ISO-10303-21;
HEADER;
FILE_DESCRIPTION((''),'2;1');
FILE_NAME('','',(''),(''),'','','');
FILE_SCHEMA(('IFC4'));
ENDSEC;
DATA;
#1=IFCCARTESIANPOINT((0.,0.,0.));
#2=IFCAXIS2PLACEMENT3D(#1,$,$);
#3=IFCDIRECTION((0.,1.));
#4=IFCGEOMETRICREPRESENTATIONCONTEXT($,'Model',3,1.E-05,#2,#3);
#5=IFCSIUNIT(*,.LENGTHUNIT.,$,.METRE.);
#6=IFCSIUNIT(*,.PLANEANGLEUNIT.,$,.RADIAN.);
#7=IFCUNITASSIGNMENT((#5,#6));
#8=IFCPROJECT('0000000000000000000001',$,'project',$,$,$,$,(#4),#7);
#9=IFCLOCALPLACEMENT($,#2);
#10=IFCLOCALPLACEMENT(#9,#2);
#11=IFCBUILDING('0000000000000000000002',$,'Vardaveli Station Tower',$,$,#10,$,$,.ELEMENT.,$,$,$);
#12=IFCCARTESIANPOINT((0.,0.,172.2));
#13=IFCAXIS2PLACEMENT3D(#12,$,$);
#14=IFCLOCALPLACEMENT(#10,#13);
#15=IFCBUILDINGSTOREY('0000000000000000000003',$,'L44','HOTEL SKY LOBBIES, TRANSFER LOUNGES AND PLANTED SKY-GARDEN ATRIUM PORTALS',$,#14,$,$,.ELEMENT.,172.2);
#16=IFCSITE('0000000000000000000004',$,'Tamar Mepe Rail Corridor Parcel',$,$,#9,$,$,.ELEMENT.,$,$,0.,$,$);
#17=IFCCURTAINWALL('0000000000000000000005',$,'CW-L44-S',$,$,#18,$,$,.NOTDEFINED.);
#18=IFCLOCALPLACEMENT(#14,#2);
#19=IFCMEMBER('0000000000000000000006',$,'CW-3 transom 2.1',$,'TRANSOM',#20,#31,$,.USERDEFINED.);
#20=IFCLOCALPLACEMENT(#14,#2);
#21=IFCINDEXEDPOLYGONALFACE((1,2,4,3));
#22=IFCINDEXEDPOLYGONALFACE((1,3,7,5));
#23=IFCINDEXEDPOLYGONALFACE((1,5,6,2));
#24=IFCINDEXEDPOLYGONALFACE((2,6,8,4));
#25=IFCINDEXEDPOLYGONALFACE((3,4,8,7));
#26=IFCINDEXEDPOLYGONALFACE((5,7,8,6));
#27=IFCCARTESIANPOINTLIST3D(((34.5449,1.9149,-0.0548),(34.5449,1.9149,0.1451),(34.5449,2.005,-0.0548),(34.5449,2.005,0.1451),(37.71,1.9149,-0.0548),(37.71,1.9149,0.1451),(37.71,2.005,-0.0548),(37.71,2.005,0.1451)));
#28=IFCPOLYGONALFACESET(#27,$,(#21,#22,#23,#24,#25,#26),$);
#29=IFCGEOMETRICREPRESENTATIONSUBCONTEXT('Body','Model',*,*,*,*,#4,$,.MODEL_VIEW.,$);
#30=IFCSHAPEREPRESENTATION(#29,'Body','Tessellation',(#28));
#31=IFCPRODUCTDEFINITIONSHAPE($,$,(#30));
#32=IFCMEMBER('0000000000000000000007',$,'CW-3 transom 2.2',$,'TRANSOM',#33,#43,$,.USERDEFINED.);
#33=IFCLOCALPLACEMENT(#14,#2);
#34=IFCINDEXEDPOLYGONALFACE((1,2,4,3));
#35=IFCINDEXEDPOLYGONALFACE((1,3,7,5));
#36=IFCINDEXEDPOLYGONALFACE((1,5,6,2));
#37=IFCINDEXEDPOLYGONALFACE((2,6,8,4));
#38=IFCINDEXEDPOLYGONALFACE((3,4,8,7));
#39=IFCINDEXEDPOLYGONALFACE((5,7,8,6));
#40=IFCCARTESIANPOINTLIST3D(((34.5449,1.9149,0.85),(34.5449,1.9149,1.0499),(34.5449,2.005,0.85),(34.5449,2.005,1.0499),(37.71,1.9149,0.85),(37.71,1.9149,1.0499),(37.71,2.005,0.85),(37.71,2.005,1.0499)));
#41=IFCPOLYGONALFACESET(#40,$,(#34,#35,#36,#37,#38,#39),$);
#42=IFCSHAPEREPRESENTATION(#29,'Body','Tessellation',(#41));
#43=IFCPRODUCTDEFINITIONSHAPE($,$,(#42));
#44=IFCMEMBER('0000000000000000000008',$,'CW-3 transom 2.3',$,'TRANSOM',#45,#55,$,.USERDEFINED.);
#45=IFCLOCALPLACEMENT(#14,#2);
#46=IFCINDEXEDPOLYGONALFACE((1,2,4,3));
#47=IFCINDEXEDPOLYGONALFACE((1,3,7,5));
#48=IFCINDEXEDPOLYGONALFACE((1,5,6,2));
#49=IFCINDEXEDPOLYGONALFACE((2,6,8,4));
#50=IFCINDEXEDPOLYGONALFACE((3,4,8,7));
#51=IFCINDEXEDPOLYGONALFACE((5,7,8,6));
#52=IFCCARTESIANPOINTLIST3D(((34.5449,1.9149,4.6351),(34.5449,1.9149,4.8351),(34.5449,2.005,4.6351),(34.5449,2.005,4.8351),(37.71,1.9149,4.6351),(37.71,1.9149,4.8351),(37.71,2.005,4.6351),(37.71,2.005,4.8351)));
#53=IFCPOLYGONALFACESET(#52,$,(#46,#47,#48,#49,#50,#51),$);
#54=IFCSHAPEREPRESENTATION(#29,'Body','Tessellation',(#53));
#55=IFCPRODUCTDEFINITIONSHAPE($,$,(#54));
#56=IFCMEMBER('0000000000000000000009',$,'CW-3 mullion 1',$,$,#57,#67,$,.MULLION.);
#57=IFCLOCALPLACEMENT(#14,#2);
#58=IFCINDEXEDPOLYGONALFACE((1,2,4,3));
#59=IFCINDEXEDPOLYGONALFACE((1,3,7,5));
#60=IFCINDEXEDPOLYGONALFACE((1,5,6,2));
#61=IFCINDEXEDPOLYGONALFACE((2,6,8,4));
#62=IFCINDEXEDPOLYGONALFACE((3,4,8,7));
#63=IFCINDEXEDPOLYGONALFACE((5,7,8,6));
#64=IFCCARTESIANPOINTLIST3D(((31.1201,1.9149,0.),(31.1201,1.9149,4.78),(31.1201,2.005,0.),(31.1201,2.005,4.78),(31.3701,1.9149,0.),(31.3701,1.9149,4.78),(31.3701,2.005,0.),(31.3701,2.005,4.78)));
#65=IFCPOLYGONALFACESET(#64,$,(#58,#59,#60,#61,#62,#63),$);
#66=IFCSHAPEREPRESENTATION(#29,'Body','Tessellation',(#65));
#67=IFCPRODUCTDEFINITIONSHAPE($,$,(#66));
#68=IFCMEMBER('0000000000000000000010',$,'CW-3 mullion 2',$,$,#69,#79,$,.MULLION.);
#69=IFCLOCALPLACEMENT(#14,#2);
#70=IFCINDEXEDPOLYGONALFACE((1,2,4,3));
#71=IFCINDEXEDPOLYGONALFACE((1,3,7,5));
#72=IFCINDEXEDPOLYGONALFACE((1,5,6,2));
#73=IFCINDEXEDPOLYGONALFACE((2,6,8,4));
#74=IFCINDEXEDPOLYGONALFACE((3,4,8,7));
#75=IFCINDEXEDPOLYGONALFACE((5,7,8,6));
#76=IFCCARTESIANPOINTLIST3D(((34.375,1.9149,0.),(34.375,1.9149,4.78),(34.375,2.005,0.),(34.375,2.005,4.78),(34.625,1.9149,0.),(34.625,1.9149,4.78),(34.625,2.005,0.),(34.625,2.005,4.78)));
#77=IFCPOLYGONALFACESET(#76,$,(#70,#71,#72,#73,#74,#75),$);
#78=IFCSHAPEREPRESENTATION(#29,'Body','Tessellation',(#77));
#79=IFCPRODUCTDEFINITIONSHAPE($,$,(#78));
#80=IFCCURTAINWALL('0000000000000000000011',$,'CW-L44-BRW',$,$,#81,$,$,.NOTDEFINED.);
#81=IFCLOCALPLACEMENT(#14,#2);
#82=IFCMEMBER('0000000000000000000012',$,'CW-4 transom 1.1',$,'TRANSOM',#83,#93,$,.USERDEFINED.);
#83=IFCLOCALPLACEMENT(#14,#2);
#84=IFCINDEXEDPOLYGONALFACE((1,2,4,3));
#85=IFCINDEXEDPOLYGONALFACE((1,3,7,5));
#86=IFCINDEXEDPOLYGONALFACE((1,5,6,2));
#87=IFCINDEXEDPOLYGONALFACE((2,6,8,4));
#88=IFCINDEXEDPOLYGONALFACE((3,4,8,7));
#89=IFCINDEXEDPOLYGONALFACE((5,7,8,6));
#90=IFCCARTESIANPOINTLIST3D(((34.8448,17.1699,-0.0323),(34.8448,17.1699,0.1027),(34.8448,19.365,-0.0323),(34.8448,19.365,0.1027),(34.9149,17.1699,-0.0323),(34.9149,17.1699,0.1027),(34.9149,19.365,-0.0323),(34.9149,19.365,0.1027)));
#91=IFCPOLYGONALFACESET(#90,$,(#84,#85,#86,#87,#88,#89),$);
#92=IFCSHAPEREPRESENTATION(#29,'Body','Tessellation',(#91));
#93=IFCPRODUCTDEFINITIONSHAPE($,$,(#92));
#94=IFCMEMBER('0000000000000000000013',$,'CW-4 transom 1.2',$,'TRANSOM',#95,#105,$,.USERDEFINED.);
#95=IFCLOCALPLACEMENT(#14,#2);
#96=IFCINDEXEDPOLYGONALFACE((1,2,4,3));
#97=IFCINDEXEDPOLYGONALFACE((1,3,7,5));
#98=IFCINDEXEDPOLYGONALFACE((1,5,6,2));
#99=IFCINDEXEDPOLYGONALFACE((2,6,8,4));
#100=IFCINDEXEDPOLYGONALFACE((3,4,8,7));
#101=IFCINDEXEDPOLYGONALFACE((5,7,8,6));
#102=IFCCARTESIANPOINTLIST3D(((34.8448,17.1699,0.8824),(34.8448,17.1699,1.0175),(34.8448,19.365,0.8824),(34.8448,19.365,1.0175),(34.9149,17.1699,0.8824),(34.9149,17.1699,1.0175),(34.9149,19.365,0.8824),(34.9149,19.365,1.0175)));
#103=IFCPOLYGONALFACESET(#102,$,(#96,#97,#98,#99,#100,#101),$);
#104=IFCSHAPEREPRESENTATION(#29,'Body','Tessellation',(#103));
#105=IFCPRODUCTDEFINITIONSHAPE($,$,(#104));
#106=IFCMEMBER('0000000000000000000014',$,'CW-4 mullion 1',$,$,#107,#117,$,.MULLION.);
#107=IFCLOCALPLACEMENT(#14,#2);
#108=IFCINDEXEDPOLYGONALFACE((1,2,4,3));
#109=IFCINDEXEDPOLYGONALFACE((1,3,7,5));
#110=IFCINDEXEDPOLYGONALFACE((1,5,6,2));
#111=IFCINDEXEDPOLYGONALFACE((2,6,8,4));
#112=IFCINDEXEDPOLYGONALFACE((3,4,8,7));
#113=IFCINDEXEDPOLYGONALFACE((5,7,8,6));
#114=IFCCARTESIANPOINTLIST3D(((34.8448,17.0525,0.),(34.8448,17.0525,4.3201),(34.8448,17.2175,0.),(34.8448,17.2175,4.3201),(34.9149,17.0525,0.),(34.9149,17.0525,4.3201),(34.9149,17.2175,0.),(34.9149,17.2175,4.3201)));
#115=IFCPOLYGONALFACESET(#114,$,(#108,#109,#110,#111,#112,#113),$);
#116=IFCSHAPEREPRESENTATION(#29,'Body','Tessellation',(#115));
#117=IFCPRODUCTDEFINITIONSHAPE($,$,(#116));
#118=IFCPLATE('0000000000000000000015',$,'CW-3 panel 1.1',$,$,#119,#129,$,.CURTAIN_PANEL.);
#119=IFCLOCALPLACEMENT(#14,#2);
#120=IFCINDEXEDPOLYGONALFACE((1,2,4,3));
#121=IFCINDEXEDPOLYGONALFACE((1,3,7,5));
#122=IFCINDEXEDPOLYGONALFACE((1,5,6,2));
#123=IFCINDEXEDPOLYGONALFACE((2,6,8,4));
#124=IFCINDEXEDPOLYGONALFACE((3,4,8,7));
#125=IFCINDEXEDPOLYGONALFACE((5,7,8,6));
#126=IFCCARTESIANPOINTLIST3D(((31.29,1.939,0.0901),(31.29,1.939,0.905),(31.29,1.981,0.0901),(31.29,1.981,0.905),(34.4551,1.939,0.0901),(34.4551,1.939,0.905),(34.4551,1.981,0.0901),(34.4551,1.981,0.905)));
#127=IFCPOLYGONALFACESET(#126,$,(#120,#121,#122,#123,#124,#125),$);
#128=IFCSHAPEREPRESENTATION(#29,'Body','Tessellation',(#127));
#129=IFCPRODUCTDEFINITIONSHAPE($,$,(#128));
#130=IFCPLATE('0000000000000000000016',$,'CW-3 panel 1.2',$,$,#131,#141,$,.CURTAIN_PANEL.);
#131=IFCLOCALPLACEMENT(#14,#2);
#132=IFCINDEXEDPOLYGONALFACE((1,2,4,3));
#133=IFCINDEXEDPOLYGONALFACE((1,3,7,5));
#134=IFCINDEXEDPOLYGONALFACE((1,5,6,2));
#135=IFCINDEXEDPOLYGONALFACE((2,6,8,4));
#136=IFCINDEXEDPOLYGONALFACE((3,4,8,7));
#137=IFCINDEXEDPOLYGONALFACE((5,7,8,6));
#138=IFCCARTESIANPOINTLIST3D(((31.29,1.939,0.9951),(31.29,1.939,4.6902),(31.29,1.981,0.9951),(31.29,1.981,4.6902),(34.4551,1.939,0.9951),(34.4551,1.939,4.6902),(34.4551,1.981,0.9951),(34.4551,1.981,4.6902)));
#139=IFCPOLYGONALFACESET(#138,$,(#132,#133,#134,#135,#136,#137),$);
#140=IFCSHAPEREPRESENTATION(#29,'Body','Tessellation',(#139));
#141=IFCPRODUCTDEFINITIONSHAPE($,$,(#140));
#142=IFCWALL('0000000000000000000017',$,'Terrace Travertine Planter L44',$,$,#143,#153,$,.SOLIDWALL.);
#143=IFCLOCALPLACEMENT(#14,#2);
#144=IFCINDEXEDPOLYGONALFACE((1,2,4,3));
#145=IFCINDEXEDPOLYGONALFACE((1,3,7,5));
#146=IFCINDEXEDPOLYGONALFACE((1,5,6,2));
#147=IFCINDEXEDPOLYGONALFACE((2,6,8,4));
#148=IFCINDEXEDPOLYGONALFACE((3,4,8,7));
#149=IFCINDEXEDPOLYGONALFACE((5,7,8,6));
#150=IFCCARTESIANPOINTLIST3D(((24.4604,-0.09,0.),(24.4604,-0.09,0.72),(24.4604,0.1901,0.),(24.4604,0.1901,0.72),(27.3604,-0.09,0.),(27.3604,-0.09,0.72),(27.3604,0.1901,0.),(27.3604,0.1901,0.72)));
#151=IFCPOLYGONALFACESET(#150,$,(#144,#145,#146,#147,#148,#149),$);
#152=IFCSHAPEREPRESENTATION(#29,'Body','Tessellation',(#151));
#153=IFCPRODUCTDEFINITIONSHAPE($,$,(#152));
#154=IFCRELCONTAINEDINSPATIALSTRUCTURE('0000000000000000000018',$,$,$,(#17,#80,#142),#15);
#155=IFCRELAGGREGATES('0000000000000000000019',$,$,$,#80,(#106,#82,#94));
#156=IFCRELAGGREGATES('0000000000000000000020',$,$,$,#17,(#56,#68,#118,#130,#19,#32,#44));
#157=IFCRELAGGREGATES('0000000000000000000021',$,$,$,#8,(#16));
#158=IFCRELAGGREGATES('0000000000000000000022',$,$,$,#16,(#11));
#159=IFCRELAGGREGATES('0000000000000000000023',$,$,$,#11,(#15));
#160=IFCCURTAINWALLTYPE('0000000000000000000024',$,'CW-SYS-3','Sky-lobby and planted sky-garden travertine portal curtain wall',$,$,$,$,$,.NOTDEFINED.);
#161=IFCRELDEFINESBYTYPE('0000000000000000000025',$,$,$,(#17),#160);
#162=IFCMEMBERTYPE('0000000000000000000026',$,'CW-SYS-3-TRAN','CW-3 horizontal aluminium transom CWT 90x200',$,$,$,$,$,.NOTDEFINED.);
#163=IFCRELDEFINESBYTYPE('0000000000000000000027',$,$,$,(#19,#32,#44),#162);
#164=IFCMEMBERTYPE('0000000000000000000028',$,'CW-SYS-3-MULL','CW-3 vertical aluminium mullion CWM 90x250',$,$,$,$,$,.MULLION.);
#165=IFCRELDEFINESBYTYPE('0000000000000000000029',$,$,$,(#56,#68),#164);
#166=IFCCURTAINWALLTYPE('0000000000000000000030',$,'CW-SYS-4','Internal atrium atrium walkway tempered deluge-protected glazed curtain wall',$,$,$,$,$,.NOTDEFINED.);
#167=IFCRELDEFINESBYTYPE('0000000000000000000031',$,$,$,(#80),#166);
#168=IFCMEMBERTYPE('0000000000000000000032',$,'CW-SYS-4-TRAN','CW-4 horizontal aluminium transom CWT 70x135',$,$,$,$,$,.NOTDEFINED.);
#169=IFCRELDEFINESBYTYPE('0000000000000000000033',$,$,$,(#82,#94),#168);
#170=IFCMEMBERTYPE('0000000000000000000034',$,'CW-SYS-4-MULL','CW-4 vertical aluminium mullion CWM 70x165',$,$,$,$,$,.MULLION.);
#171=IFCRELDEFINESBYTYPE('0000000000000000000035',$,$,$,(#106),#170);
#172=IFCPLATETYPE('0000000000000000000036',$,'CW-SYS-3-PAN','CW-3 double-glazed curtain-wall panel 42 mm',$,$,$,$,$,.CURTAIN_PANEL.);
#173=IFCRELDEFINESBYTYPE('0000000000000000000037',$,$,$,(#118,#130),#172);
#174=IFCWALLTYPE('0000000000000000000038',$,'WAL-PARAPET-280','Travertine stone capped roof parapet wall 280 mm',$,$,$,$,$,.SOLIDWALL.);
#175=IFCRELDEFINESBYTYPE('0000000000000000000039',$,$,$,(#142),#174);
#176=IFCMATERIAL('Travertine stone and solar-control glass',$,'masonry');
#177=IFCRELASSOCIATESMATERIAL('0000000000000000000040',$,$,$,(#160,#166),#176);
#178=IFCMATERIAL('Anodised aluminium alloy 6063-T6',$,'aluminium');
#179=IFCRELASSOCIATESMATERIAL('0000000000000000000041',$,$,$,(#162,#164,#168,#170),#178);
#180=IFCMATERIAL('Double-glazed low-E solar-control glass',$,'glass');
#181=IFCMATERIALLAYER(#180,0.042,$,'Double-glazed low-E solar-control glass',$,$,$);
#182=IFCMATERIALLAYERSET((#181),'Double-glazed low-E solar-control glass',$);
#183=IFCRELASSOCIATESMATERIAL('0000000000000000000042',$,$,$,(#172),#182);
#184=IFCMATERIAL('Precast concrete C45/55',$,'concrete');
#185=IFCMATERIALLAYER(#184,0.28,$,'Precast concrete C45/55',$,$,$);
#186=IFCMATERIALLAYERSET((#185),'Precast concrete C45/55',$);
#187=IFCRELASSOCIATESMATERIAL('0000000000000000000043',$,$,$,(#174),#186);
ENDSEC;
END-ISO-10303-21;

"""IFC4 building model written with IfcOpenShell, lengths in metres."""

from ifc_helpers import new_model, si_unit, direction, frame, frame_2d, origin, origin_2d, place, context, subcontext, project, spatial, rectangle, extrude, source, transform, mapped, material, layer, layer_set, material_profile, profile_set, type_object, element, aggregate, save


model = new_model("IFC4")

# Units and contexts
model_context = context("Model", 3, precision=1e-05, world=origin(), true_north=direction((0.0, 1.0)))
body_context = subcontext(model_context, "Body", "Model", "MODEL_VIEW")
ifc_project = project(units=[si_unit("LENGTHUNIT", "METRE"), si_unit("PLANEANGLEUNIT", "RADIAN")], contexts=[model_context])

# Site, building, storey
site_placement = place(None, origin())
site = spatial("IfcSite", under=ifc_project, at=site_placement, Name="Tamar Mepe Rail Corridor Parcel", CompositionType="ELEMENT", RefElevation=0.0)
building_placement = place(site_placement, origin())
building = spatial("IfcBuilding", under=site, at=building_placement, Name="Vardaveli Station Tower", CompositionType="ELEMENT")
storey_placement = place(building_placement, frame((0.0, 0.0, 172.2)))
storey = spatial("IfcBuildingStorey", under=building, at=storey_placement, Name="L44", Description="HOTEL SKY LOBBIES, TRANSFER LOUNGES AND PLANTED SKY-GARDEN ATRIUM PORTALS", CompositionType="ELEMENT", Elevation=172.2)

# Curtain walls, members
ifc_material_1 = material(Name="Travertine stone and solar-control glass", Category="masonry")
curtain_wall_type_1 = type_object("IfcCurtainWallType", Name="CW-SYS-3", Description="Sky-lobby and planted sky-garden travertine portal curtain wall", PredefinedType="NOTDEFINED", material=ifc_material_1)
curtain_wall_1_placement = place(storey_placement, origin())
curtain_wall_1 = element("IfcCurtainWall", 1, at=curtain_wall_1_placement, inside=storey, type_object=curtain_wall_type_1, Name="CW-L44-S", PredefinedType="NOTDEFINED")
ifc_material_2 = material(Name="Anodised aluminium alloy 6063-T6", Category="aluminium")
ifc_material_profile_1 = material_profile(ifc_material_2, rectangle(XDim=0.0901, YDim=0.2, at=origin_2d()), Name="CWT 90x200")
ifc_profile_set_1 = profile_set([ifc_material_profile_1], Name="Anodised aluminium alloy 6063-T6")
member_type_1 = type_object("IfcMemberType", Name="CW-SYS-3-TRAN", Description="CW-3 horizontal aluminium transom CWT 90x200", PredefinedType="NOTDEFINED", material=ifc_profile_set_1)
shared_shape_1 = source(origin(), body_context, "Body", "SweptSolid", [
    extrude(rectangle(XDim=0.0901, YDim=0.2, at=origin_2d()), origin(), (0.0, 0.0, 1.0), 3.165),
])
member_1_placement = place(storey_placement, frame((34.5449, 1.96, 0.0452), z_axis=(1.0, 0.0, 0.0), x_axis=(0.0, 1.0, 0.0)))
member_1 = element("IfcMember", 2, at=member_1_placement, type_object=member_type_1, Name="CW-3 transom 2.1", ObjectType="TRANSOM", PredefinedType="USERDEFINED", context=body_context, shape_type="MappedRepresentation", body=[
    mapped(shared_shape_1, transform((0.0, 0.0, 0.0), scale=1.0)),
])
member_2_placement = place(storey_placement, frame((34.5449, 1.96, 0.95), z_axis=(1.0, 0.0, 0.0), x_axis=(0.0, 1.0, 0.0)))
member_2 = element("IfcMember", 3, at=member_2_placement, type_object=member_type_1, Name="CW-3 transom 2.2", ObjectType="TRANSOM", PredefinedType="USERDEFINED", context=body_context, shape_type="MappedRepresentation", body=[
    mapped(shared_shape_1, transform((0.0, 0.0, 0.0), scale=1.0)),
])
member_3_placement = place(storey_placement, frame((34.5449, 1.96, 4.7351), z_axis=(1.0, 0.0, 0.0), x_axis=(0.0, 1.0, 0.0)))
member_3 = element("IfcMember", 4, at=member_3_placement, type_object=member_type_1, Name="CW-3 transom 2.3", ObjectType="TRANSOM", PredefinedType="USERDEFINED", context=body_context, shape_type="MappedRepresentation", body=[
    mapped(shared_shape_1, transform((0.0, 0.0, 0.0), scale=1.0)),
])
ifc_material_profile_2 = material_profile(ifc_material_2, rectangle(XDim=0.0901, YDim=0.25, at=origin_2d()), Name="CWM 90x250")
ifc_profile_set_2 = profile_set([ifc_material_profile_2], Name="Anodised aluminium alloy 6063-T6")
member_type_2 = type_object("IfcMemberType", Name="CW-SYS-3-MULL", Description="CW-3 vertical aluminium mullion CWM 90x250", PredefinedType="MULLION", material=ifc_profile_set_2)
shared_shape_2 = source(origin(), body_context, "Body", "SweptSolid", [
    extrude(rectangle(XDim=0.0901, YDim=0.25, at=origin_2d()), origin(), (0.0, 0.0, 1.0), 4.78),
])
member_4_placement = place(storey_placement, frame((31.2451, 1.96, 0.0), z_axis=(0.0, 0.0, 1.0), x_axis=(0.0, 1.0, 0.0)))
member_4 = element("IfcMember", 5, at=member_4_placement, type_object=member_type_2, Name="CW-3 mullion 1", PredefinedType="MULLION", context=body_context, shape_type="MappedRepresentation", body=[
    mapped(shared_shape_2, transform((0.0, 0.0, 0.0), scale=1.0)),
])
member_5_placement = place(storey_placement, frame((34.5, 1.96, 0.0), z_axis=(0.0, 0.0, 1.0), x_axis=(0.0, 1.0, 0.0)))
member_5 = element("IfcMember", 6, at=member_5_placement, type_object=member_type_2, Name="CW-3 mullion 2", PredefinedType="MULLION", context=body_context, shape_type="MappedRepresentation", body=[
    mapped(shared_shape_2, transform((0.0, 0.0, 0.0), scale=1.0)),
])
curtain_wall_type_2 = type_object("IfcCurtainWallType", Name="CW-SYS-4", Description="Internal atrium atrium walkway tempered deluge-protected glazed curtain wall", PredefinedType="NOTDEFINED", material=ifc_material_1)
curtain_wall_2_placement = place(storey_placement, origin())
curtain_wall_2 = element("IfcCurtainWall", 7, at=curtain_wall_2_placement, inside=storey, type_object=curtain_wall_type_2, Name="CW-L44-BRW", PredefinedType="NOTDEFINED")
ifc_material_profile_3 = material_profile(ifc_material_2, rectangle(XDim=0.0701, YDim=0.135, at=origin_2d()), Name="CWT 70x135")
ifc_profile_set_3 = profile_set([ifc_material_profile_3], Name="Anodised aluminium alloy 6063-T6")
member_type_3 = type_object("IfcMemberType", Name="CW-SYS-4-TRAN", Description="CW-4 horizontal aluminium transom CWT 70x135", PredefinedType="NOTDEFINED", material=ifc_profile_set_3)
shared_shape_3 = source(origin(), body_context, "Body", "SweptSolid", [
    extrude(rectangle(XDim=0.0701, YDim=0.135, at=origin_2d()), origin(), (0.0, 0.0, 1.0), 2.1951),
])
member_6_placement = place(storey_placement, frame((34.8799, 17.1699, 0.0352), z_axis=(0.0, 1.0, 0.0), x_axis=(-1.0, 0.0, 0.0)))
member_6 = element("IfcMember", 8, at=member_6_placement, type_object=member_type_3, Name="CW-4 transom 1.1", ObjectType="TRANSOM", PredefinedType="USERDEFINED", context=body_context, shape_type="MappedRepresentation", body=[
    mapped(shared_shape_3, transform((0.0, 0.0, 0.0), scale=1.0)),
])
member_7_placement = place(storey_placement, frame((34.8799, 17.1699, 0.95), z_axis=(0.0, 1.0, 0.0), x_axis=(-1.0, 0.0, 0.0)))
member_7 = element("IfcMember", 9, at=member_7_placement, type_object=member_type_3, Name="CW-4 transom 1.2", ObjectType="TRANSOM", PredefinedType="USERDEFINED", context=body_context, shape_type="MappedRepresentation", body=[
    mapped(shared_shape_3, transform((0.0, 0.0, 0.0), scale=1.0)),
])
ifc_material_profile_4 = material_profile(ifc_material_2, rectangle(XDim=0.0701, YDim=0.165, at=origin_2d()), Name="CWM 70x165")
ifc_profile_set_4 = profile_set([ifc_material_profile_4], Name="Anodised aluminium alloy 6063-T6")
member_type_4 = type_object("IfcMemberType", Name="CW-SYS-4-MULL", Description="CW-4 vertical aluminium mullion CWM 70x165", PredefinedType="MULLION", material=ifc_profile_set_4)
shared_shape_4 = source(origin(), body_context, "Body", "SweptSolid", [
    extrude(rectangle(XDim=0.0701, YDim=0.165, at=origin_2d()), origin(), (0.0, 0.0, 1.0), 4.3201),
])
member_8_placement = place(storey_placement, frame((34.8799, 17.135, 0.0), z_axis=(0.0, 0.0, 1.0), x_axis=(-1.0, 0.0, 0.0)))
member_8 = element("IfcMember", 10, at=member_8_placement, type_object=member_type_4, Name="CW-4 mullion 1", PredefinedType="MULLION", context=body_context, shape_type="MappedRepresentation", body=[
    mapped(shared_shape_4, transform((0.0, 0.0, 0.0), scale=1.0)),
])
aggregate(curtain_wall_2, [member_8, member_6, member_7])

# Plates
ifc_material_3 = material(Name="Double-glazed low-E solar-control glass", Category="glass")
ifc_layer_1 = layer(ifc_material_3, 0.042, Name="Double-glazed low-E solar-control glass")
ifc_layer_set_1 = layer_set([ifc_layer_1], Name="Double-glazed low-E solar-control glass")
plate_type = type_object("IfcPlateType", Name="CW-SYS-3-PAN", Description="CW-3 double-glazed curtain-wall panel 42 mm", PredefinedType="CURTAIN_PANEL", material=ifc_layer_set_1)
shared_shape_5 = source(origin(), body_context, "Body", "SweptSolid", [
    extrude(rectangle(XDim=3.165, YDim=0.042, at=origin_2d()), origin(), (0.0, 0.0, 1.0), 0.8149),
])
plate_1_placement = place(storey_placement, frame((32.8726, 1.96, 0.0901), z_axis=(0.0, 0.0, 1.0), x_axis=(1.0, 0.0, 0.0)))
plate_1 = element("IfcPlate", 11, at=plate_1_placement, type_object=plate_type, Name="CW-3 panel 1.1", PredefinedType="CURTAIN_PANEL", context=body_context, shape_type="MappedRepresentation", body=[
    mapped(shared_shape_5, transform((0.0, 0.0, 0.0), scale=1.0)),
])
shared_shape_6 = source(origin(), body_context, "Body", "SweptSolid", [
    extrude(rectangle(XDim=3.165, YDim=0.042, at=origin_2d()), origin(), (0.0, 0.0, 1.0), 3.6951),
])
plate_2_placement = place(storey_placement, frame((32.8726, 1.96, 0.9951), z_axis=(0.0, 0.0, 1.0), x_axis=(1.0, 0.0, 0.0)))
plate_2 = element("IfcPlate", 12, at=plate_2_placement, type_object=plate_type, Name="CW-3 panel 1.2", PredefinedType="CURTAIN_PANEL", context=body_context, shape_type="MappedRepresentation", body=[
    mapped(shared_shape_6, transform((0.0, 0.0, 0.0), scale=1.0)),
])
aggregate(curtain_wall_1, [member_4, member_5, plate_1, plate_2, member_1, member_2, member_3])

# Wall
ifc_material_4 = material(Name="Precast concrete C45/55", Category="concrete")
ifc_layer_2 = layer(ifc_material_4, 0.28, Name="Precast concrete C45/55")
ifc_layer_set_2 = layer_set([ifc_layer_2], Name="Precast concrete C45/55")
wall_type_1 = type_object("IfcWallType", Name="WAL-PARAPET-280", Description="Travertine stone capped roof parapet wall 280 mm", PredefinedType="SOLIDWALL", material=ifc_layer_set_2)
shared_shape_7 = source(origin(), body_context, "Body", "SweptSolid", [
    extrude(rectangle(XDim=2.8999, YDim=0.28, at=frame_2d((1.45, 0.0))), origin(), (0.0, 0.0, 1.0), 0.72),
])
wall_1_placement = place(storey_placement, frame((24.4604, 0.05, 0.0), z_axis=(0.0, 0.0, 1.0), x_axis=(1.0, 0.0, 0.0)))
element("IfcWall", 13, at=wall_1_placement, inside=storey, type_object=wall_type_1, Name="Terrace Travertine Planter L44", PredefinedType="SOLIDWALL", context=body_context, shape_type="MappedRepresentation", body=[
    mapped(shared_shape_7, transform((0.0, 0.0, 0.0), scale=1.0)),
])

save(model, "model.ifc")
